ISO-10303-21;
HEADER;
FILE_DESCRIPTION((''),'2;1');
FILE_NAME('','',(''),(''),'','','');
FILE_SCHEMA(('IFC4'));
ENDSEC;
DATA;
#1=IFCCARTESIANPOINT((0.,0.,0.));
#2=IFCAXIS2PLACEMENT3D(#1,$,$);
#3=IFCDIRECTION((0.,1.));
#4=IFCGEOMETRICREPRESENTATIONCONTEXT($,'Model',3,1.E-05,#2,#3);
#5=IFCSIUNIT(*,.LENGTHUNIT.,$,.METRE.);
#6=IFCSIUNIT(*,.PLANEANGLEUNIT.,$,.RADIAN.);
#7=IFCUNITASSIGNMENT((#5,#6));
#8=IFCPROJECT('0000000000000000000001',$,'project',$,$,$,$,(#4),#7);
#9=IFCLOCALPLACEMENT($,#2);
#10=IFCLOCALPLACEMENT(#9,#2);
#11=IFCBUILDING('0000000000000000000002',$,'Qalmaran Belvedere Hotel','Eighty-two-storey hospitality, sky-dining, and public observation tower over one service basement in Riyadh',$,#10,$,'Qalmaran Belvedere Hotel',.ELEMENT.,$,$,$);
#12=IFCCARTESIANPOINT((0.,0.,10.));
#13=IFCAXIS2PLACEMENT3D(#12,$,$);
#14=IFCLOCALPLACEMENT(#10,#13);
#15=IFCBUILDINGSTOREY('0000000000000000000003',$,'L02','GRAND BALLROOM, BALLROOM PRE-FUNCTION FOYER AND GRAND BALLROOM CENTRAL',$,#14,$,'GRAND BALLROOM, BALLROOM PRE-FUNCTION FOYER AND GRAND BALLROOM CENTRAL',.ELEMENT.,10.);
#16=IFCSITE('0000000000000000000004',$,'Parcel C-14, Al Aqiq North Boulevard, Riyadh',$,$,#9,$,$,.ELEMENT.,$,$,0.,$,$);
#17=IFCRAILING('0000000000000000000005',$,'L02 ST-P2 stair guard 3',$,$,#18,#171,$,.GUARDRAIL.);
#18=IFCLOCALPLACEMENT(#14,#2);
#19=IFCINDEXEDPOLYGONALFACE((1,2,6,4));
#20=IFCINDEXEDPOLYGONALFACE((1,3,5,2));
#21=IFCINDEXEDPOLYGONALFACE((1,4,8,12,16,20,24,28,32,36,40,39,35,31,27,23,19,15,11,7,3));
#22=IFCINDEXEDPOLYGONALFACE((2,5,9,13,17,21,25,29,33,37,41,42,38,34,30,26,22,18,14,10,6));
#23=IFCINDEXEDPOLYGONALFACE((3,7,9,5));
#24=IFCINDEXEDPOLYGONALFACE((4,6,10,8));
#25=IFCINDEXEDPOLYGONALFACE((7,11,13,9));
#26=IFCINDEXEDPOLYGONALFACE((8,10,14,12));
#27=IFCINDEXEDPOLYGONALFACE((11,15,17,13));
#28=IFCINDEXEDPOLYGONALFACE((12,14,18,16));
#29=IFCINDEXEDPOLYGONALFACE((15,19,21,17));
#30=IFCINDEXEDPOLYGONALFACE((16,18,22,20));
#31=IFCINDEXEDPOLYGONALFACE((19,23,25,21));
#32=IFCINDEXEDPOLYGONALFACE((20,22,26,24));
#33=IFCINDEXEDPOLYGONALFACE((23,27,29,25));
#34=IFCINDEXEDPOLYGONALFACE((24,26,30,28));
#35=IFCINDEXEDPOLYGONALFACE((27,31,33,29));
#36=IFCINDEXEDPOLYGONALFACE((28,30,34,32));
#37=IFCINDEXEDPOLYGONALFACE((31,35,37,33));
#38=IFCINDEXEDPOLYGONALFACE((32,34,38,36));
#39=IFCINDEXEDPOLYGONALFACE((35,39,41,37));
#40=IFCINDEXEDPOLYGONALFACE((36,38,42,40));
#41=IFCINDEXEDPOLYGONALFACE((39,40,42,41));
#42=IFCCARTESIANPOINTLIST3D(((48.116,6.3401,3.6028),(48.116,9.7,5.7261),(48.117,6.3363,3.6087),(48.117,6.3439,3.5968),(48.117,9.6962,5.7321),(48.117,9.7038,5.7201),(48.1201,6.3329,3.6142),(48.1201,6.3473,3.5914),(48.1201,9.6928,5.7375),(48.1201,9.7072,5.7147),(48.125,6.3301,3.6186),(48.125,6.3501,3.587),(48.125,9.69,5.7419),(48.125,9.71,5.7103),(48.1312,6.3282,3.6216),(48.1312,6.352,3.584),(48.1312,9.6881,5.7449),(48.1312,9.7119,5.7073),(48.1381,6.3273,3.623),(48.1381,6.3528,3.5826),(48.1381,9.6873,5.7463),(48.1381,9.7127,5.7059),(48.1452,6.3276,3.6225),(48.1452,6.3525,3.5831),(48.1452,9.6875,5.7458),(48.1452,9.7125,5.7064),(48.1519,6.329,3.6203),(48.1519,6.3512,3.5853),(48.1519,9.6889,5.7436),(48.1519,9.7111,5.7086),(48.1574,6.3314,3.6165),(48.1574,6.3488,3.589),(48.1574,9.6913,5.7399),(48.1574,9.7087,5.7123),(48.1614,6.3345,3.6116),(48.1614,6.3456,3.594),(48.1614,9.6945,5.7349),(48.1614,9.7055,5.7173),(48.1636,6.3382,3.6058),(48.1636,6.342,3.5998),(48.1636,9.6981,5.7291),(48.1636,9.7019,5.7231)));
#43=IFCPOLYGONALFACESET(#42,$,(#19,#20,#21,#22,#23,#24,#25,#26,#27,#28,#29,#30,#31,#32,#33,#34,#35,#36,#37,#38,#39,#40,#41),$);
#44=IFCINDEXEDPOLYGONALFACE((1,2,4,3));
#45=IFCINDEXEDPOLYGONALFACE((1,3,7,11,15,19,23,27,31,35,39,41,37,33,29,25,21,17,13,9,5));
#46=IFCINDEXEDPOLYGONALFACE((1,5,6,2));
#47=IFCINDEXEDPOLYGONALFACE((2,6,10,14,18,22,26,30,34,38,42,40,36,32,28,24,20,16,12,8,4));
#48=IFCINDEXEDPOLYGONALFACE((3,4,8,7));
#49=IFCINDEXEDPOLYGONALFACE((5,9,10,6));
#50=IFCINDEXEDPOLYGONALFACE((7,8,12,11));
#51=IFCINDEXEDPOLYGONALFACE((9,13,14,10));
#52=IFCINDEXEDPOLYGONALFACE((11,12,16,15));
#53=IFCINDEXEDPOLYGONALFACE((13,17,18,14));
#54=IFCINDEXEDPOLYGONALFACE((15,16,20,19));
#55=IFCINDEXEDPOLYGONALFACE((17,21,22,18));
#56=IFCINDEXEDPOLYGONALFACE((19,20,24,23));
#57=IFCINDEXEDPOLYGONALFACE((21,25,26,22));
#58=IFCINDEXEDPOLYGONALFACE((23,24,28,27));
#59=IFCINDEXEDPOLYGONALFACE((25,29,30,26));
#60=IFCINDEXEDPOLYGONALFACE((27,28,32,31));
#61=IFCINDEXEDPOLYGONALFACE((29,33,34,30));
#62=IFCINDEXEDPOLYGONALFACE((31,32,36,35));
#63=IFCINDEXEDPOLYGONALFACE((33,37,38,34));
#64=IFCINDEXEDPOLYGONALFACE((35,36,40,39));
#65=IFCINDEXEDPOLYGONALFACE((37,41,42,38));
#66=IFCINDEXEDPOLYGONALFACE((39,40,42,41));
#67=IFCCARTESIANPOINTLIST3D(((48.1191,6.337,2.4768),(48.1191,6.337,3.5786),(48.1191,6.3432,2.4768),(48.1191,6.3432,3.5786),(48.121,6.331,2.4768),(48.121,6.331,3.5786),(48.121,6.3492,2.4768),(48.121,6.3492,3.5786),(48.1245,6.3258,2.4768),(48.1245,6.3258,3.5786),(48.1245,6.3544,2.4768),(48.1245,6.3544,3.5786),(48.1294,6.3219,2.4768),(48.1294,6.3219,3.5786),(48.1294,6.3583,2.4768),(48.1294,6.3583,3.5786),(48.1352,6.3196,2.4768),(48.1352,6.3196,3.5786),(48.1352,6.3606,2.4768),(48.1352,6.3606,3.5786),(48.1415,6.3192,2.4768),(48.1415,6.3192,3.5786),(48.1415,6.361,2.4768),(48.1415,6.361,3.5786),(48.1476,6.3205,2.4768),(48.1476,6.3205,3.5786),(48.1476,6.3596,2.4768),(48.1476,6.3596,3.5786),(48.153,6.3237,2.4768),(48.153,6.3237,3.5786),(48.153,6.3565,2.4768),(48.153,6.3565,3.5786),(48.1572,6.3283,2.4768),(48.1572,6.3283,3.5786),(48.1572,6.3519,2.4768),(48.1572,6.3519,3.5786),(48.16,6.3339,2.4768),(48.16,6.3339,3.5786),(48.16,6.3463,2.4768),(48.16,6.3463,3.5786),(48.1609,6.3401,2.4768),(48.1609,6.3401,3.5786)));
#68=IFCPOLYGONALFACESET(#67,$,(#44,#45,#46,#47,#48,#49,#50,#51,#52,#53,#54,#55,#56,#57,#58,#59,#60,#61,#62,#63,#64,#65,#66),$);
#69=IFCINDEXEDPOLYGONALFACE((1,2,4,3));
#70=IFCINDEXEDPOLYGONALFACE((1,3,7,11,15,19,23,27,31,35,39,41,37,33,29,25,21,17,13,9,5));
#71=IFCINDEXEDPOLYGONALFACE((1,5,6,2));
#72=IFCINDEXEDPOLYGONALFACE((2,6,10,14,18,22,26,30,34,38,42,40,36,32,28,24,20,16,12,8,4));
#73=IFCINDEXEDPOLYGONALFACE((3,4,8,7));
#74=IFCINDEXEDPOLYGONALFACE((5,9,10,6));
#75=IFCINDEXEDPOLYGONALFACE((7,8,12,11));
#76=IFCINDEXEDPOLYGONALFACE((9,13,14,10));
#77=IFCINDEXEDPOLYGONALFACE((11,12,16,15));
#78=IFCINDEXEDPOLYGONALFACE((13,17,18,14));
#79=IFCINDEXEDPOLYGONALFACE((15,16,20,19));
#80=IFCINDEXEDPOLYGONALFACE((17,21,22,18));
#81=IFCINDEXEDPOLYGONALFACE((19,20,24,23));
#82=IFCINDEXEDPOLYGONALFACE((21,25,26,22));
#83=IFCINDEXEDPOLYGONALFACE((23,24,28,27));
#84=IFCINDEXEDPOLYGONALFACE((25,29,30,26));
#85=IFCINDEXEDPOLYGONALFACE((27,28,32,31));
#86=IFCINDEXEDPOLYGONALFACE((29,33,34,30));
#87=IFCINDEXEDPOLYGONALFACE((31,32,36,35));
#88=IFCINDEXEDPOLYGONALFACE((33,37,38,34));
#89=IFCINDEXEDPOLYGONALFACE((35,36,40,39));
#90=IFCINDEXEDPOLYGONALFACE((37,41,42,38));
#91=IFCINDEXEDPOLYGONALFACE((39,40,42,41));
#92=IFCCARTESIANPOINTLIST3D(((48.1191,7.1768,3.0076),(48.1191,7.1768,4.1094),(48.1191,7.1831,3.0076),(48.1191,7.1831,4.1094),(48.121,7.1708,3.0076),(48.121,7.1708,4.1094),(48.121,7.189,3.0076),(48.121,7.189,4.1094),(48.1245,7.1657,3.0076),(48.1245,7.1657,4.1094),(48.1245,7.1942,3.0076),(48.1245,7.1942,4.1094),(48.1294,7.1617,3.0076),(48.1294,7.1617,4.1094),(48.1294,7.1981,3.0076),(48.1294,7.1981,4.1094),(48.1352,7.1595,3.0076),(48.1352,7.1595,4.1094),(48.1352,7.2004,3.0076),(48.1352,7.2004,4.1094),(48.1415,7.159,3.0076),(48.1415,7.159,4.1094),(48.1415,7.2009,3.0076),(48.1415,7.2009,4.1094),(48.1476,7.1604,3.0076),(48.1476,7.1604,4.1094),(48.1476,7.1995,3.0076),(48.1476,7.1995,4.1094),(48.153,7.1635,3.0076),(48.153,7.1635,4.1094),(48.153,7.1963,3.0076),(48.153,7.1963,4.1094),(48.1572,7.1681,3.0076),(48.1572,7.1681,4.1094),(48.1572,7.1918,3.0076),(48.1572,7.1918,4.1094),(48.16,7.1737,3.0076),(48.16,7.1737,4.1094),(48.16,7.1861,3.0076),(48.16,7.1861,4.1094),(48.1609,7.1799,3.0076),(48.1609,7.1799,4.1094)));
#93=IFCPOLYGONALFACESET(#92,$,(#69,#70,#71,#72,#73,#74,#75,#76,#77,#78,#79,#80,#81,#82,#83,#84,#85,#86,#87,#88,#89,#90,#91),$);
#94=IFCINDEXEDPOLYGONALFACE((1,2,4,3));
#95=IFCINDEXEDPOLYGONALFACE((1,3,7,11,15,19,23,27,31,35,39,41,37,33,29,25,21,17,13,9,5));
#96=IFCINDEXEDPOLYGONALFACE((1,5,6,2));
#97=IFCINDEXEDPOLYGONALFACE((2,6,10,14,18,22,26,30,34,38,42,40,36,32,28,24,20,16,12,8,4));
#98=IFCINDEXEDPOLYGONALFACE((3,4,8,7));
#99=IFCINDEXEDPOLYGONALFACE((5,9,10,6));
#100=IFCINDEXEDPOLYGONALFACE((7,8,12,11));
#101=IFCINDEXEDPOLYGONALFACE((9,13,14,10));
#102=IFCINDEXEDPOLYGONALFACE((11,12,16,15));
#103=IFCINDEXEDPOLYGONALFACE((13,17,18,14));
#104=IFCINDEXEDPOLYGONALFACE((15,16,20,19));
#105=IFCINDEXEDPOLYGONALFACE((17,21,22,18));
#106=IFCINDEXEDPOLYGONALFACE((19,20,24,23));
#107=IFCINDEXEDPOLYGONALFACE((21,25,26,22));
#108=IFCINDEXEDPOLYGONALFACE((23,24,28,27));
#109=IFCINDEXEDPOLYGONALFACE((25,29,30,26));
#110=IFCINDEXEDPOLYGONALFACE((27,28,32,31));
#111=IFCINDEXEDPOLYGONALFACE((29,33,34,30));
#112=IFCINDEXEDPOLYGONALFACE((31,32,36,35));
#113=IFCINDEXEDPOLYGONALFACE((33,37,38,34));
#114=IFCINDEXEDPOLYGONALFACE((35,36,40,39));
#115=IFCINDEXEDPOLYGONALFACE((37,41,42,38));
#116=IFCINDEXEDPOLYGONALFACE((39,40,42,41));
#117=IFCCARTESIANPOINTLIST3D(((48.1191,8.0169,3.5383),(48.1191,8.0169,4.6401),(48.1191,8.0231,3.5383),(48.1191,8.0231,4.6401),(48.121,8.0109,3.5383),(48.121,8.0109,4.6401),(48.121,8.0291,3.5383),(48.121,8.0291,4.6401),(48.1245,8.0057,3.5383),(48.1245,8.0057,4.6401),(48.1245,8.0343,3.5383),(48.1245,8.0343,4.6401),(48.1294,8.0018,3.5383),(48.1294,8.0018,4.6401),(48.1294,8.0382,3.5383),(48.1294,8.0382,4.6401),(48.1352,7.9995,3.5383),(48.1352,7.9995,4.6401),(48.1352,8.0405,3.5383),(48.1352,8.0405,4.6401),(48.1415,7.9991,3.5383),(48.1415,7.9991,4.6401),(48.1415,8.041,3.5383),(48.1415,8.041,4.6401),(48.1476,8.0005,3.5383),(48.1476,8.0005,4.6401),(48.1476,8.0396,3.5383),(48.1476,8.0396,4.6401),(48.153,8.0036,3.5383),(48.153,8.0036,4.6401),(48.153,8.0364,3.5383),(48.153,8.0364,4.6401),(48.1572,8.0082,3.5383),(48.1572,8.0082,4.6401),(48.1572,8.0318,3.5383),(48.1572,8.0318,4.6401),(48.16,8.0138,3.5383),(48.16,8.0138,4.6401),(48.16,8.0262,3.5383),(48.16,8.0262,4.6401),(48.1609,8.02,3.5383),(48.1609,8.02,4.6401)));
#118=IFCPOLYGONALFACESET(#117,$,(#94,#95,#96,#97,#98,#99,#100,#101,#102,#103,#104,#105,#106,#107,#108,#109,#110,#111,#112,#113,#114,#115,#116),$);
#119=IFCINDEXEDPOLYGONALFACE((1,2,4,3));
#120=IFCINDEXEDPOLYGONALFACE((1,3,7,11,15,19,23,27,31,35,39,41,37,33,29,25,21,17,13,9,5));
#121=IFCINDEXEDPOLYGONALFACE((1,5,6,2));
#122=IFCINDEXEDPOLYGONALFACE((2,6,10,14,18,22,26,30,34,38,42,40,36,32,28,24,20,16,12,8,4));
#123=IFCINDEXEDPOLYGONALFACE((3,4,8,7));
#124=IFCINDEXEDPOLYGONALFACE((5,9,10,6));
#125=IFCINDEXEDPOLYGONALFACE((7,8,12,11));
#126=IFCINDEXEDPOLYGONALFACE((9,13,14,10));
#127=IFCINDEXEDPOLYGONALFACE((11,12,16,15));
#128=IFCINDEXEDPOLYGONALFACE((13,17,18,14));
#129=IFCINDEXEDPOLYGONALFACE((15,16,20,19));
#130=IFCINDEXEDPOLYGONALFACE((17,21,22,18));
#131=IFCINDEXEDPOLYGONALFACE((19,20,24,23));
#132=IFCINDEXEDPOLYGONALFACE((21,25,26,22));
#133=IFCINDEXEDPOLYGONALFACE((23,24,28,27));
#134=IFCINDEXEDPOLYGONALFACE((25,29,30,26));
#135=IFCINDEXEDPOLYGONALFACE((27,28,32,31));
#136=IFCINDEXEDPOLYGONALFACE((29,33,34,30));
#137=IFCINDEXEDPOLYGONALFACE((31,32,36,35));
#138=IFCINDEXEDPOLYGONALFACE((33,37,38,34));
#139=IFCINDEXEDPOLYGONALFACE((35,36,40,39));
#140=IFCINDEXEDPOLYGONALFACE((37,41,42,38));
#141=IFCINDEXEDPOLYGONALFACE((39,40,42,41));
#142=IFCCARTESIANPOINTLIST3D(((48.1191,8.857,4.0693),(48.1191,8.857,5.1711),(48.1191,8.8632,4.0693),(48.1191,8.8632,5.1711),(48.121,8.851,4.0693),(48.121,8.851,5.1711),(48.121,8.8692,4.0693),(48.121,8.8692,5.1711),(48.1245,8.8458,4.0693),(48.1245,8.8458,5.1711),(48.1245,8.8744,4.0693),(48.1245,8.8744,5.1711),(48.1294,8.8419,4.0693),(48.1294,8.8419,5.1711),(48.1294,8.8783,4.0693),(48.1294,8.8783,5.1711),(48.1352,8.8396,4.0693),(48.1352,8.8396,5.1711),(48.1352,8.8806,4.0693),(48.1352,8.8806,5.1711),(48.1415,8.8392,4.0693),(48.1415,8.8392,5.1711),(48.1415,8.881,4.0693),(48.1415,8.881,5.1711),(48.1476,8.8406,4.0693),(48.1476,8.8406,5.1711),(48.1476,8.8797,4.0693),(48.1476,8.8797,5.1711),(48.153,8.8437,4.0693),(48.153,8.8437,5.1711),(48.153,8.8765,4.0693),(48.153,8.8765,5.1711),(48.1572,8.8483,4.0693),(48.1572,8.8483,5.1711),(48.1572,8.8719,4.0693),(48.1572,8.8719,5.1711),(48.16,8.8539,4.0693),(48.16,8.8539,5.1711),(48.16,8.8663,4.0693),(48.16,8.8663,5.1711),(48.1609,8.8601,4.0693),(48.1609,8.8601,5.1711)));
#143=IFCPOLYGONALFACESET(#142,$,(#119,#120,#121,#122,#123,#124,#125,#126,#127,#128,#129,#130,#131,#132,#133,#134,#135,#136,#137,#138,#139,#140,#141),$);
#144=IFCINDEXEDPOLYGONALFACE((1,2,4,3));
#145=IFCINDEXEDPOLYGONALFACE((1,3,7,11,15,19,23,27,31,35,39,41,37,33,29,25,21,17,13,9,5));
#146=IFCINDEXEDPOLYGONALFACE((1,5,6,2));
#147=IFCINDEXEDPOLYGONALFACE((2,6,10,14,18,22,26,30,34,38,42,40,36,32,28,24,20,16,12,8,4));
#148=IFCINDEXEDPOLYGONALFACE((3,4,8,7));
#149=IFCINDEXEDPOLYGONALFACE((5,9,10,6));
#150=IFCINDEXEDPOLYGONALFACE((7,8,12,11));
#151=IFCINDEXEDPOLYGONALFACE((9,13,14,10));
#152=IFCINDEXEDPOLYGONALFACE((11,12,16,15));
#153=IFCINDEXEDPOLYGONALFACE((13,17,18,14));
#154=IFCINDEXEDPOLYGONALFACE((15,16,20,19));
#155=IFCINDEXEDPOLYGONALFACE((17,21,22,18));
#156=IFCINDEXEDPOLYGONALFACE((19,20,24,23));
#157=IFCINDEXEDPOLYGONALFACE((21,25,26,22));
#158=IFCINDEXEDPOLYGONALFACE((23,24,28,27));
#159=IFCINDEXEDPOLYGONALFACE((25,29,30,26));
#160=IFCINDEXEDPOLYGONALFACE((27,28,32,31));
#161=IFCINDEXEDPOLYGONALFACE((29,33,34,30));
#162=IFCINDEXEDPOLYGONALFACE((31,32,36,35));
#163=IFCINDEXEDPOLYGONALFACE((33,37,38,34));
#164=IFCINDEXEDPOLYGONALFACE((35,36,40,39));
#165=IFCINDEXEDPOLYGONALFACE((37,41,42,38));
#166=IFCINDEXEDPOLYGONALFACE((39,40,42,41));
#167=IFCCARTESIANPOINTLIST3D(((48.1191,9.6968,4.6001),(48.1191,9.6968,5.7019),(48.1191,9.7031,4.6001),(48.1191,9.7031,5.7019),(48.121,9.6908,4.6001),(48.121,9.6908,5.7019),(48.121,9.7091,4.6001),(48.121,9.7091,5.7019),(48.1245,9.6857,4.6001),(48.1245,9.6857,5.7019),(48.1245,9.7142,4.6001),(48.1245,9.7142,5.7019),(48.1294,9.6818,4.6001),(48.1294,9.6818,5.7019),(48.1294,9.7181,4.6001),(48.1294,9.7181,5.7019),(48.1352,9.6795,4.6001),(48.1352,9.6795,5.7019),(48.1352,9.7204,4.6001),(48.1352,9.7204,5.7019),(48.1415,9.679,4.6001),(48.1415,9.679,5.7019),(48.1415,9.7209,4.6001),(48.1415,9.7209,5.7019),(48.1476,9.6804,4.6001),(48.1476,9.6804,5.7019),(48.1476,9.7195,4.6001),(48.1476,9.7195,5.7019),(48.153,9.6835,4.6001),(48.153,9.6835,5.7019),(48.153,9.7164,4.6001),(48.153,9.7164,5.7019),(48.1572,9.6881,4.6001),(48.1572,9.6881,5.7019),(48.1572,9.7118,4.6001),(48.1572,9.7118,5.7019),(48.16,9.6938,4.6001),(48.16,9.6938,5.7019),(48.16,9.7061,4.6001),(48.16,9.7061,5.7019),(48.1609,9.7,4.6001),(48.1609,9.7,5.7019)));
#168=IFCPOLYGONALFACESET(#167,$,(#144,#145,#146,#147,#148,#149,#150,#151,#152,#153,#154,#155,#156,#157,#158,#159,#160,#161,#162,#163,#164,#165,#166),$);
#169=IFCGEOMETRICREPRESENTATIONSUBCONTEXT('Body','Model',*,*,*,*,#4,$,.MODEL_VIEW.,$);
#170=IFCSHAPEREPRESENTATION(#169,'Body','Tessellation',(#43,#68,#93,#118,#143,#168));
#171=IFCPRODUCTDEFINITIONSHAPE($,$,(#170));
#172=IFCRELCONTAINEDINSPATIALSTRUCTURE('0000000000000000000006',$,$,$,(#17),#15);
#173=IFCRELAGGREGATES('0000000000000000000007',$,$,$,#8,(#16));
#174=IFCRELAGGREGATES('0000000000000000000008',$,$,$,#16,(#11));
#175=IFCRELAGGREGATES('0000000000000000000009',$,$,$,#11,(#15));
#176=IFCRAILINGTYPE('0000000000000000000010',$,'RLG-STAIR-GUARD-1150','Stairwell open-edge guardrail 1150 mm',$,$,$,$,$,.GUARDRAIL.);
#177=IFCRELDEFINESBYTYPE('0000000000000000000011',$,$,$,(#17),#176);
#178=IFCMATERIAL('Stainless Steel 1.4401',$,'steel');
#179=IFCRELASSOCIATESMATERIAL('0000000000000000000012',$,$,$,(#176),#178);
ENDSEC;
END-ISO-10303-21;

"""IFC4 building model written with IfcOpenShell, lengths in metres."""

from ifc_helpers import new_model, si_unit, direction, frame, origin, origin_2d, place, context, subcontext, project, spatial, circle, extrude, material, type_object, element, save


model = new_model("IFC4")

# Units and contexts
model_context = context("Model", 3, precision=1e-05, world=origin(), true_north=direction((0.0, 1.0)))
body_context = subcontext(model_context, "Body", "Model", "MODEL_VIEW")
ifc_project = project(units=[si_unit("LENGTHUNIT", "METRE"), si_unit("PLANEANGLEUNIT", "RADIAN")], contexts=[model_context])

# Site, building, storey
site_placement = place(None, origin())
site = spatial("IfcSite", under=ifc_project, at=site_placement, Name="Parcel C-14, Al Aqiq North Boulevard, Riyadh", CompositionType="ELEMENT", RefElevation=0.0)
building_placement = place(site_placement, origin())
building = spatial("IfcBuilding", under=site, at=building_placement, Name="Qalmaran Belvedere Hotel", Description="Eighty-two-storey hospitality, sky-dining, and public observation tower over one service basement in Riyadh", LongName="Qalmaran Belvedere Hotel", CompositionType="ELEMENT")
storey_placement = place(building_placement, frame((0.0, 0.0, 10.0)))
storey = spatial("IfcBuildingStorey", under=building, at=storey_placement, Name="L02", Description="GRAND BALLROOM, BALLROOM PRE-FUNCTION FOYER AND GRAND BALLROOM CENTRAL", LongName="GRAND BALLROOM, BALLROOM PRE-FUNCTION FOYER AND GRAND BALLROOM CENTRAL", CompositionType="ELEMENT", Elevation=10.0)

# Railing
ifc_material_1 = material(Name="Stainless Steel 1.4401", Category="steel")
railing_type_1 = type_object("IfcRailingType", Name="RLG-STAIR-GUARD-1150", Description="Stairwell open-edge guardrail 1150 mm", PredefinedType="GUARDRAIL", material=ifc_material_1)
railing_1_placement = place(storey_placement, frame((48.1399, 6.3401, 2.4768)))
element("IfcRailing", 1, at=railing_1_placement, inside=storey, type_object=railing_type_1, Name="L02 ST-P2 stair guard 3", PredefinedType="GUARDRAIL", context=body_context, shape_type="SweptSolid", body=[
    extrude(circle(Radius=0.0239, at=origin_2d()), frame((0.0, 0.0, 1.126), z_axis=(0.0, 0.845344, 0.534222), x_axis=(-1.0, 0.0, 0.0)), (0.0, 0.0, 1.0), 3.9746),
    extrude(circle(Radius=0.021, at=origin_2d()), origin(), (0.0, 0.0, 1.0), 1.1018),
    extrude(circle(Radius=0.021, at=origin_2d()), frame((0.0, 0.8398, 0.5308)), (0.0, 0.0, 1.0), 1.1018),
    extrude(circle(Radius=0.021, at=origin_2d()), frame((0.0, 1.6799, 1.0615)), (0.0, 0.0, 1.0), 1.1018),
    extrude(circle(Radius=0.021, at=origin_2d()), frame((0.0, 2.52, 1.5925)), (0.0, 0.0, 1.0), 1.1018),
    extrude(circle(Radius=0.021, at=origin_2d()), frame((0.0, 3.3599, 2.1233)), (0.0, 0.0, 1.0), 1.1018),
])

save(model, "model.ifc")
